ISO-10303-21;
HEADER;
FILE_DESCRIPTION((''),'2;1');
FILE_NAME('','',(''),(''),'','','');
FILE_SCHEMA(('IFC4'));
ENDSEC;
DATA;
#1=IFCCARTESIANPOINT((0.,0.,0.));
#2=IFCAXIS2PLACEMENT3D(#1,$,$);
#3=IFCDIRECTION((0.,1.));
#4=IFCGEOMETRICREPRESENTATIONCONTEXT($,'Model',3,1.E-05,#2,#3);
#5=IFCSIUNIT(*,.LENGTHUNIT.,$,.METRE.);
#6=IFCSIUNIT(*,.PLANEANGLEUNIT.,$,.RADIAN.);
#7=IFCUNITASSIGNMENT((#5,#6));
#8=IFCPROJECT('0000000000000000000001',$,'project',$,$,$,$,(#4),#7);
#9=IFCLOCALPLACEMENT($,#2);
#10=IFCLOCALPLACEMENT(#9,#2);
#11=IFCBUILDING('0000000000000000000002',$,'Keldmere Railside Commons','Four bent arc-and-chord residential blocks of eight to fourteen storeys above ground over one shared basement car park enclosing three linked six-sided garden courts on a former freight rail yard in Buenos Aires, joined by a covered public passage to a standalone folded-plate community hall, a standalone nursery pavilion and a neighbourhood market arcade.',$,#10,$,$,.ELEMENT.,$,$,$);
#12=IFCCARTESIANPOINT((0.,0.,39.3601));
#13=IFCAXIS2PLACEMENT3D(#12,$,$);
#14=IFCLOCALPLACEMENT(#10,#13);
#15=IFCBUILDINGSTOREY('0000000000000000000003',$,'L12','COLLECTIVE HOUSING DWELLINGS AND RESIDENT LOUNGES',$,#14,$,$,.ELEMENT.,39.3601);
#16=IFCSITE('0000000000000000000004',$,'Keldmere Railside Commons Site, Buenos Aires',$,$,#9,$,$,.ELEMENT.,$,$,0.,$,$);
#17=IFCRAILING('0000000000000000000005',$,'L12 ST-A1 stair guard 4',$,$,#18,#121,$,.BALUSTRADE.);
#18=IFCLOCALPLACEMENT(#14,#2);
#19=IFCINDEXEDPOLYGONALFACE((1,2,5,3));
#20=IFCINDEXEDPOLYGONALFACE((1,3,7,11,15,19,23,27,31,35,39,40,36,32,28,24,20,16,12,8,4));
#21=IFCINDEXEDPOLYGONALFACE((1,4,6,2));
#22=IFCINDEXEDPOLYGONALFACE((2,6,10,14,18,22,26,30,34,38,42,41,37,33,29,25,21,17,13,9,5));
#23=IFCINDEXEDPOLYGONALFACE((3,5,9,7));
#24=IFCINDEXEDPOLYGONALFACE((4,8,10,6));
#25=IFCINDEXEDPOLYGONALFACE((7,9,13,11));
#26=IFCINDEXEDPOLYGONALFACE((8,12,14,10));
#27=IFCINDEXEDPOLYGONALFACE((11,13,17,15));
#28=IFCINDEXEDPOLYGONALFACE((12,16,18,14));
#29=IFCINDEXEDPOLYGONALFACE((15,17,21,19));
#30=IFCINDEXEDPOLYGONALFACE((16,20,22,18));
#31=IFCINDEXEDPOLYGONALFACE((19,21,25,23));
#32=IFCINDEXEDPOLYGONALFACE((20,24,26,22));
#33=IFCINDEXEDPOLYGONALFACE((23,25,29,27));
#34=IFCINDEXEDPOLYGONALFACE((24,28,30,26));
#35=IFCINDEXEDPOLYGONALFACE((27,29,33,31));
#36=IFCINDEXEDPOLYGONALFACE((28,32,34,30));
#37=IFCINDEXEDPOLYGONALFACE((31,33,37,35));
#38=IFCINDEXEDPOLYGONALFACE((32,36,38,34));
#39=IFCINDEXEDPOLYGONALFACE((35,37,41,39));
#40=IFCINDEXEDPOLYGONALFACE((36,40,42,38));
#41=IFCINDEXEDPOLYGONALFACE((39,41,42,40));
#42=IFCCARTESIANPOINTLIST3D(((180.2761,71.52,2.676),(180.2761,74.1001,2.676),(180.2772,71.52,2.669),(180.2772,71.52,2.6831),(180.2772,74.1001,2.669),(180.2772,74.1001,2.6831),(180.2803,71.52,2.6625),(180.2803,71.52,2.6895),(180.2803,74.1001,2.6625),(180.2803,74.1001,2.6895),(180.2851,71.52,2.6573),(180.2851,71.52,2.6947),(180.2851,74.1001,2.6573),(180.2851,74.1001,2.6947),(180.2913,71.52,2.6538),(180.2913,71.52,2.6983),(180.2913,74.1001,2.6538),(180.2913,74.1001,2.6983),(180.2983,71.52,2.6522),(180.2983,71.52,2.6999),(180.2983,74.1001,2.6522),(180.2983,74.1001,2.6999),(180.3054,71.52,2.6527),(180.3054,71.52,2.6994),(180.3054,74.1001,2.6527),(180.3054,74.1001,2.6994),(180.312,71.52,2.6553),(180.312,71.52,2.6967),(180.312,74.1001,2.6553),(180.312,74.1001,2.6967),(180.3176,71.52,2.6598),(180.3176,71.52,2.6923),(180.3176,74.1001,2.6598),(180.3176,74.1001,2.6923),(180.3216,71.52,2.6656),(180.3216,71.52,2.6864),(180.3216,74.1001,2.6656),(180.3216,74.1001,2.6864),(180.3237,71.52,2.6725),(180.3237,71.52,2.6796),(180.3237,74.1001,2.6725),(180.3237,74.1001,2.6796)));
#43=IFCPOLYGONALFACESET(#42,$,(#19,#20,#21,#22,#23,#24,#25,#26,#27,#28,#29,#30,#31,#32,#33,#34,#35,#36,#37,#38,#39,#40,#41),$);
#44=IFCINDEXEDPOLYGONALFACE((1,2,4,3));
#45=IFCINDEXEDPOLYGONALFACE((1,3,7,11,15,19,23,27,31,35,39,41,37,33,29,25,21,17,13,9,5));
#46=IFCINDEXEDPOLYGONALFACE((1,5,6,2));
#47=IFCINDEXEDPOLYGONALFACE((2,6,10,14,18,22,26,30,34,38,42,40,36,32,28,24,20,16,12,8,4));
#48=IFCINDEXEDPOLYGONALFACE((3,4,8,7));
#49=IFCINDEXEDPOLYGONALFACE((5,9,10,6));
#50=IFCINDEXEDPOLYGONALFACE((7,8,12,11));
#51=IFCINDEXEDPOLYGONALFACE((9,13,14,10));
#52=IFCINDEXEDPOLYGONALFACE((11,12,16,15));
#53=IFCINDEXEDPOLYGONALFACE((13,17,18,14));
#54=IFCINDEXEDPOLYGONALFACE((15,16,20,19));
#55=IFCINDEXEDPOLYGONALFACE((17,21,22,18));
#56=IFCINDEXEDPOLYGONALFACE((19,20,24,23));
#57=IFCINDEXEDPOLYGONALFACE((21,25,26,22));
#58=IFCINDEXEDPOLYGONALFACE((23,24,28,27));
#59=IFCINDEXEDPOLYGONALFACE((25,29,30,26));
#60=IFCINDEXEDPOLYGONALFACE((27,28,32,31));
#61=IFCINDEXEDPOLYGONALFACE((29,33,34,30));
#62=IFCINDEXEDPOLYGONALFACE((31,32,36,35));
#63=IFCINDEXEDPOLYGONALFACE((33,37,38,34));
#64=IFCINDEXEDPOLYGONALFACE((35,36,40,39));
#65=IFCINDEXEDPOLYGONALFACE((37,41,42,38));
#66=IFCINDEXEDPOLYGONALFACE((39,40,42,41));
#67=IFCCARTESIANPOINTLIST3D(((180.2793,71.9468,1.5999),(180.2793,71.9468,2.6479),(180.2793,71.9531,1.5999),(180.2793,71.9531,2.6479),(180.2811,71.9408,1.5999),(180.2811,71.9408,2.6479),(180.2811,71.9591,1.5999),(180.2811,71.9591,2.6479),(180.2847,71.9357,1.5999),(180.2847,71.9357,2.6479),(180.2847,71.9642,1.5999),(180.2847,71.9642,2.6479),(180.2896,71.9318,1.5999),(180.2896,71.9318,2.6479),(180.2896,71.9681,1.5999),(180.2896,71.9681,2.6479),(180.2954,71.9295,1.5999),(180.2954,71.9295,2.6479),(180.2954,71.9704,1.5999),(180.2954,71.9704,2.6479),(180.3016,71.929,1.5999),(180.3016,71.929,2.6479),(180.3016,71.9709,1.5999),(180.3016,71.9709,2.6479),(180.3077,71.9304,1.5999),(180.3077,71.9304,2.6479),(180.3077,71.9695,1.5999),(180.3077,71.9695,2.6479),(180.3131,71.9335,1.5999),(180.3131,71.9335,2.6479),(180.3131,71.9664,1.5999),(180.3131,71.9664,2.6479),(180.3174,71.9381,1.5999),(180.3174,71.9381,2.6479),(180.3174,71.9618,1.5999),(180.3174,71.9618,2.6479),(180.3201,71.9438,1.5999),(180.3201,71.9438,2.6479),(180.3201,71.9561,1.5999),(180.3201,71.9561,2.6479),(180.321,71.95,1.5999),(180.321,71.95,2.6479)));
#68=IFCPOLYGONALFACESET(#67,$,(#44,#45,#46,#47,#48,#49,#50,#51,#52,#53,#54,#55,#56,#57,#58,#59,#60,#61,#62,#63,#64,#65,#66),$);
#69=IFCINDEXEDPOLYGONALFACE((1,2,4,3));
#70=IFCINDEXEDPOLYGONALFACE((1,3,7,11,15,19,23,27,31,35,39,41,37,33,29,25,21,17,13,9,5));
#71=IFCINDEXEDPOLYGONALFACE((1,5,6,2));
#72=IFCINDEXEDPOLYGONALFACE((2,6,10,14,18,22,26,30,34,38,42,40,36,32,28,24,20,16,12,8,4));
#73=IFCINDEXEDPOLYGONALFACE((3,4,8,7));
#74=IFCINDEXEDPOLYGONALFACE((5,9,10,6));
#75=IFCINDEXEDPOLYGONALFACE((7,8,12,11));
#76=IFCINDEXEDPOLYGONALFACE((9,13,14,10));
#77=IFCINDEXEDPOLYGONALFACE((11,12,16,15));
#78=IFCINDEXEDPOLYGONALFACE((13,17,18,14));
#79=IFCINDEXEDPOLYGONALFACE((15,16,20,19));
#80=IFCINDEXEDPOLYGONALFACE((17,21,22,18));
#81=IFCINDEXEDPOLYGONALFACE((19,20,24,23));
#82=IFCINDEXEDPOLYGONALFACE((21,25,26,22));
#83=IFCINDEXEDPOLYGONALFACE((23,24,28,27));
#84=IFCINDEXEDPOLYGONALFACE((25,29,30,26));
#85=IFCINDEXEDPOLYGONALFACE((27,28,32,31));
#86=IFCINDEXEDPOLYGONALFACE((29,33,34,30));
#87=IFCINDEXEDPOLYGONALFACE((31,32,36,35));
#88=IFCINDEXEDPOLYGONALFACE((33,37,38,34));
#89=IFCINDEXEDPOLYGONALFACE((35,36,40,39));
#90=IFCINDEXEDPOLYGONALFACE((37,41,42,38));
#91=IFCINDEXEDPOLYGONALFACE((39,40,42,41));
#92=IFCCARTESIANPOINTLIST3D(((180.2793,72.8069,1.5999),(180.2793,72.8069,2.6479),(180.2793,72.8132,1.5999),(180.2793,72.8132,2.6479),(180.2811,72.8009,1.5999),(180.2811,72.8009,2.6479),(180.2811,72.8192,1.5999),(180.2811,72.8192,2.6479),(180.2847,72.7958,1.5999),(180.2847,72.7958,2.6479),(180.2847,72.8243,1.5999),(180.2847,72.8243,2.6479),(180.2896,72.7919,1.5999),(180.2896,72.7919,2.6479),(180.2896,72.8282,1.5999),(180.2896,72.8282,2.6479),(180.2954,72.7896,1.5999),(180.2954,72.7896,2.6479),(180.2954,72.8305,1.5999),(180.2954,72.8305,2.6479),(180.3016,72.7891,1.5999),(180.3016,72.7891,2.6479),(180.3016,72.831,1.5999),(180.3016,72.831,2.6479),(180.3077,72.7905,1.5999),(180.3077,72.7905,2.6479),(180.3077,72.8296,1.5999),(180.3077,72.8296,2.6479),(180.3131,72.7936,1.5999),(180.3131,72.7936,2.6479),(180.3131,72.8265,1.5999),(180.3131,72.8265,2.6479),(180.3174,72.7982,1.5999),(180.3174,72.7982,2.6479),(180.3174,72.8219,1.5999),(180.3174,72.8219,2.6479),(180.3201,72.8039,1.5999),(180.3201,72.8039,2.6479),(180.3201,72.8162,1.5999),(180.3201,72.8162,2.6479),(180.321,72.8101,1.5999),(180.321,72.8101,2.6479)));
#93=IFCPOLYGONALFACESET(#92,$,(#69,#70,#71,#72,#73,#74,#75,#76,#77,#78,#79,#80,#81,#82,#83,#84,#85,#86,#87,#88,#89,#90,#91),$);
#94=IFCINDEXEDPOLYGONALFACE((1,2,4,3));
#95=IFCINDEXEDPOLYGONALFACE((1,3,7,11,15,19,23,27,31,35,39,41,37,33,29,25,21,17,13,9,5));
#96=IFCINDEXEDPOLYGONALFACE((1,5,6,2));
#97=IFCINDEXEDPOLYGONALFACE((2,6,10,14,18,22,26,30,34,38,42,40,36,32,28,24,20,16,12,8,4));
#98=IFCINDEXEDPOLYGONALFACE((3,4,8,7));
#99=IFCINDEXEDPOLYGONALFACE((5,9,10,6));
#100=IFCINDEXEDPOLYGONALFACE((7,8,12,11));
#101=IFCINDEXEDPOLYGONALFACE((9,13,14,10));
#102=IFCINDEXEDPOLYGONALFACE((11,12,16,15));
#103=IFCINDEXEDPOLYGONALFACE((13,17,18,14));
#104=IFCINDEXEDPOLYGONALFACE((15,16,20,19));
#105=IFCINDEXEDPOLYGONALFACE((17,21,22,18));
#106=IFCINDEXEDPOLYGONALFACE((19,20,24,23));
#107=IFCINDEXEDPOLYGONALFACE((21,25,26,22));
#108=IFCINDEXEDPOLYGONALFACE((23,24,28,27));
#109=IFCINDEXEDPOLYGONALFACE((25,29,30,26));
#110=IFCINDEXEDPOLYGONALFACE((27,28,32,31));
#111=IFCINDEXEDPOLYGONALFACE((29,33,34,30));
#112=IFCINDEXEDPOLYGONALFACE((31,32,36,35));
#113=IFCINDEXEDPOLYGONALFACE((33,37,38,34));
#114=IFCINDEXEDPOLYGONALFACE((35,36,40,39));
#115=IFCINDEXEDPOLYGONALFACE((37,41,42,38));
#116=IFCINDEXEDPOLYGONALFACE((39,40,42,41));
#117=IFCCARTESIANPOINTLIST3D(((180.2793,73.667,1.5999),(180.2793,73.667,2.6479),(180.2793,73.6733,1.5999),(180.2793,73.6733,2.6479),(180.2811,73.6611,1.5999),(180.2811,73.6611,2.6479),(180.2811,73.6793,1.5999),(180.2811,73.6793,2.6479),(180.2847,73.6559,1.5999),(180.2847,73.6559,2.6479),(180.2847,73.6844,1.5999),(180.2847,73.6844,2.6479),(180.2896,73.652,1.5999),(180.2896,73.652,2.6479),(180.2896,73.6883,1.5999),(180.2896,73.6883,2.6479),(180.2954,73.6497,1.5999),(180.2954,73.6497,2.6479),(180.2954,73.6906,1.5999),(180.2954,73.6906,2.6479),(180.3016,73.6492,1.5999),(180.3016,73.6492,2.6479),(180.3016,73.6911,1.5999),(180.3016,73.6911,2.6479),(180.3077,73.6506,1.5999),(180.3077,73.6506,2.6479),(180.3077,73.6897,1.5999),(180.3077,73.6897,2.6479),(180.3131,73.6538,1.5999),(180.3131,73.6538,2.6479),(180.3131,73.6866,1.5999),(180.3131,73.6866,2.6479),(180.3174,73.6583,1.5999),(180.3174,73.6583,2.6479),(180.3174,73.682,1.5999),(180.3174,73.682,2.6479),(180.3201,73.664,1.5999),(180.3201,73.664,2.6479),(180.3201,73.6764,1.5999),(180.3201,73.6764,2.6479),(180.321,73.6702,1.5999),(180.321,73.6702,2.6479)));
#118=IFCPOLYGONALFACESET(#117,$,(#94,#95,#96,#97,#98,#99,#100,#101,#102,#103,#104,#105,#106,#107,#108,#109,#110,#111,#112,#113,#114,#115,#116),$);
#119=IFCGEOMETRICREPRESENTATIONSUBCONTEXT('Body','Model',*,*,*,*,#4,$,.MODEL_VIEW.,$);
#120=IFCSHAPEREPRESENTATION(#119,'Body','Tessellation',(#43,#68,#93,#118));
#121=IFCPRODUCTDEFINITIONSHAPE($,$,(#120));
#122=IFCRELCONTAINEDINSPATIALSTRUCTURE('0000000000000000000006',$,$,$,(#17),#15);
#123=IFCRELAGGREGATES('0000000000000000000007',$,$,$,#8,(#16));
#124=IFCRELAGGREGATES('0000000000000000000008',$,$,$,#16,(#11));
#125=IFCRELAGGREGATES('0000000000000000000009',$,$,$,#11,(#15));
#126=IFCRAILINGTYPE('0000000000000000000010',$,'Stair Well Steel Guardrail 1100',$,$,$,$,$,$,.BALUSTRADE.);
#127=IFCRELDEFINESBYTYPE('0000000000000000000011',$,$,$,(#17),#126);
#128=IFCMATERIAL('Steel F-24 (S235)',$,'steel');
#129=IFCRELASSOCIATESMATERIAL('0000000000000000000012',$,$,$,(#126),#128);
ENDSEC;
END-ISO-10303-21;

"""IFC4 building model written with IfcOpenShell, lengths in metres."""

from ifc_helpers import new_model, si_unit, direction, frame, origin, origin_2d, place, context, subcontext, project, spatial, circle, extrude, material, type_object, element, save


model = new_model("IFC4")

# Units and contexts
model_context = context("Model", 3, precision=1e-05, world=origin(), true_north=direction((0.0, 1.0)))
body_context = subcontext(model_context, "Body", "Model", "MODEL_VIEW")
ifc_project = project(units=[si_unit("LENGTHUNIT", "METRE"), si_unit("PLANEANGLEUNIT", "RADIAN")], contexts=[model_context])

# Site, building, storey
site_placement = place(None, origin())
site = spatial("IfcSite", under=ifc_project, at=site_placement, Name="Keldmere Railside Commons Site, Buenos Aires", CompositionType="ELEMENT", RefElevation=0.0)
building_placement = place(site_placement, origin())
building = spatial("IfcBuilding", under=site, at=building_placement, Name="Keldmere Railside Commons", Description="Four bent arc-and-chord residential blocks of eight to fourteen storeys above ground over one shared basement car park enclosing three linked six-sided garden courts on a former freight rail yard in Buenos Aires, joined by a covered public passage to a standalone folded-plate community hall, a standalone nursery pavilion and a neighbourhood market arcade.", CompositionType="ELEMENT")
storey_placement = place(building_placement, frame((0.0, 0.0, 39.3601)))
storey = spatial("IfcBuildingStorey", under=building, at=storey_placement, Name="L12", Description="COLLECTIVE HOUSING DWELLINGS AND RESIDENT LOUNGES", CompositionType="ELEMENT", Elevation=39.3601)

# Railing
ifc_material_1 = material(Name="Steel F-24 (S235)", Category="steel")
railing_type_1 = type_object("IfcRailingType", Name="Stair Well Steel Guardrail 1100", PredefinedType="BALUSTRADE", material=ifc_material_1)
for number, where, name in (
    (1, (180.3, 71.52, 1.5999), "L12 ST-A1 stair guard 4"),
):
    element("IfcRailing", number, at=place(storey_placement, frame(where)), inside=storey, type_object=railing_type_1, Name=name, PredefinedType="BALUSTRADE", context=body_context, shape_type="SweptSolid", body=[
        extrude(circle(Radius=0.0239, at=origin_2d()), frame((0.0, 0.0, 1.0762), z_axis=(0.0, 1.0, 0.0), x_axis=(-1.0, 0.0, 0.0)), (0.0, 0.0, 1.0), 2.5801),
        extrude(circle(Radius=0.021, at=origin_2d()), frame((0.0, 0.4299, 0.0)), (0.0, 0.0, 1.0), 1.0481),
        extrude(circle(Radius=0.021, at=origin_2d()), frame((0.0, 1.29, 0.0)), (0.0, 0.0, 1.0), 1.0481),
        extrude(circle(Radius=0.021, at=origin_2d()), frame((0.0, 2.1501, 0.0)), (0.0, 0.0, 1.0), 1.0481),
    ])

save(model, "model.ifc")
